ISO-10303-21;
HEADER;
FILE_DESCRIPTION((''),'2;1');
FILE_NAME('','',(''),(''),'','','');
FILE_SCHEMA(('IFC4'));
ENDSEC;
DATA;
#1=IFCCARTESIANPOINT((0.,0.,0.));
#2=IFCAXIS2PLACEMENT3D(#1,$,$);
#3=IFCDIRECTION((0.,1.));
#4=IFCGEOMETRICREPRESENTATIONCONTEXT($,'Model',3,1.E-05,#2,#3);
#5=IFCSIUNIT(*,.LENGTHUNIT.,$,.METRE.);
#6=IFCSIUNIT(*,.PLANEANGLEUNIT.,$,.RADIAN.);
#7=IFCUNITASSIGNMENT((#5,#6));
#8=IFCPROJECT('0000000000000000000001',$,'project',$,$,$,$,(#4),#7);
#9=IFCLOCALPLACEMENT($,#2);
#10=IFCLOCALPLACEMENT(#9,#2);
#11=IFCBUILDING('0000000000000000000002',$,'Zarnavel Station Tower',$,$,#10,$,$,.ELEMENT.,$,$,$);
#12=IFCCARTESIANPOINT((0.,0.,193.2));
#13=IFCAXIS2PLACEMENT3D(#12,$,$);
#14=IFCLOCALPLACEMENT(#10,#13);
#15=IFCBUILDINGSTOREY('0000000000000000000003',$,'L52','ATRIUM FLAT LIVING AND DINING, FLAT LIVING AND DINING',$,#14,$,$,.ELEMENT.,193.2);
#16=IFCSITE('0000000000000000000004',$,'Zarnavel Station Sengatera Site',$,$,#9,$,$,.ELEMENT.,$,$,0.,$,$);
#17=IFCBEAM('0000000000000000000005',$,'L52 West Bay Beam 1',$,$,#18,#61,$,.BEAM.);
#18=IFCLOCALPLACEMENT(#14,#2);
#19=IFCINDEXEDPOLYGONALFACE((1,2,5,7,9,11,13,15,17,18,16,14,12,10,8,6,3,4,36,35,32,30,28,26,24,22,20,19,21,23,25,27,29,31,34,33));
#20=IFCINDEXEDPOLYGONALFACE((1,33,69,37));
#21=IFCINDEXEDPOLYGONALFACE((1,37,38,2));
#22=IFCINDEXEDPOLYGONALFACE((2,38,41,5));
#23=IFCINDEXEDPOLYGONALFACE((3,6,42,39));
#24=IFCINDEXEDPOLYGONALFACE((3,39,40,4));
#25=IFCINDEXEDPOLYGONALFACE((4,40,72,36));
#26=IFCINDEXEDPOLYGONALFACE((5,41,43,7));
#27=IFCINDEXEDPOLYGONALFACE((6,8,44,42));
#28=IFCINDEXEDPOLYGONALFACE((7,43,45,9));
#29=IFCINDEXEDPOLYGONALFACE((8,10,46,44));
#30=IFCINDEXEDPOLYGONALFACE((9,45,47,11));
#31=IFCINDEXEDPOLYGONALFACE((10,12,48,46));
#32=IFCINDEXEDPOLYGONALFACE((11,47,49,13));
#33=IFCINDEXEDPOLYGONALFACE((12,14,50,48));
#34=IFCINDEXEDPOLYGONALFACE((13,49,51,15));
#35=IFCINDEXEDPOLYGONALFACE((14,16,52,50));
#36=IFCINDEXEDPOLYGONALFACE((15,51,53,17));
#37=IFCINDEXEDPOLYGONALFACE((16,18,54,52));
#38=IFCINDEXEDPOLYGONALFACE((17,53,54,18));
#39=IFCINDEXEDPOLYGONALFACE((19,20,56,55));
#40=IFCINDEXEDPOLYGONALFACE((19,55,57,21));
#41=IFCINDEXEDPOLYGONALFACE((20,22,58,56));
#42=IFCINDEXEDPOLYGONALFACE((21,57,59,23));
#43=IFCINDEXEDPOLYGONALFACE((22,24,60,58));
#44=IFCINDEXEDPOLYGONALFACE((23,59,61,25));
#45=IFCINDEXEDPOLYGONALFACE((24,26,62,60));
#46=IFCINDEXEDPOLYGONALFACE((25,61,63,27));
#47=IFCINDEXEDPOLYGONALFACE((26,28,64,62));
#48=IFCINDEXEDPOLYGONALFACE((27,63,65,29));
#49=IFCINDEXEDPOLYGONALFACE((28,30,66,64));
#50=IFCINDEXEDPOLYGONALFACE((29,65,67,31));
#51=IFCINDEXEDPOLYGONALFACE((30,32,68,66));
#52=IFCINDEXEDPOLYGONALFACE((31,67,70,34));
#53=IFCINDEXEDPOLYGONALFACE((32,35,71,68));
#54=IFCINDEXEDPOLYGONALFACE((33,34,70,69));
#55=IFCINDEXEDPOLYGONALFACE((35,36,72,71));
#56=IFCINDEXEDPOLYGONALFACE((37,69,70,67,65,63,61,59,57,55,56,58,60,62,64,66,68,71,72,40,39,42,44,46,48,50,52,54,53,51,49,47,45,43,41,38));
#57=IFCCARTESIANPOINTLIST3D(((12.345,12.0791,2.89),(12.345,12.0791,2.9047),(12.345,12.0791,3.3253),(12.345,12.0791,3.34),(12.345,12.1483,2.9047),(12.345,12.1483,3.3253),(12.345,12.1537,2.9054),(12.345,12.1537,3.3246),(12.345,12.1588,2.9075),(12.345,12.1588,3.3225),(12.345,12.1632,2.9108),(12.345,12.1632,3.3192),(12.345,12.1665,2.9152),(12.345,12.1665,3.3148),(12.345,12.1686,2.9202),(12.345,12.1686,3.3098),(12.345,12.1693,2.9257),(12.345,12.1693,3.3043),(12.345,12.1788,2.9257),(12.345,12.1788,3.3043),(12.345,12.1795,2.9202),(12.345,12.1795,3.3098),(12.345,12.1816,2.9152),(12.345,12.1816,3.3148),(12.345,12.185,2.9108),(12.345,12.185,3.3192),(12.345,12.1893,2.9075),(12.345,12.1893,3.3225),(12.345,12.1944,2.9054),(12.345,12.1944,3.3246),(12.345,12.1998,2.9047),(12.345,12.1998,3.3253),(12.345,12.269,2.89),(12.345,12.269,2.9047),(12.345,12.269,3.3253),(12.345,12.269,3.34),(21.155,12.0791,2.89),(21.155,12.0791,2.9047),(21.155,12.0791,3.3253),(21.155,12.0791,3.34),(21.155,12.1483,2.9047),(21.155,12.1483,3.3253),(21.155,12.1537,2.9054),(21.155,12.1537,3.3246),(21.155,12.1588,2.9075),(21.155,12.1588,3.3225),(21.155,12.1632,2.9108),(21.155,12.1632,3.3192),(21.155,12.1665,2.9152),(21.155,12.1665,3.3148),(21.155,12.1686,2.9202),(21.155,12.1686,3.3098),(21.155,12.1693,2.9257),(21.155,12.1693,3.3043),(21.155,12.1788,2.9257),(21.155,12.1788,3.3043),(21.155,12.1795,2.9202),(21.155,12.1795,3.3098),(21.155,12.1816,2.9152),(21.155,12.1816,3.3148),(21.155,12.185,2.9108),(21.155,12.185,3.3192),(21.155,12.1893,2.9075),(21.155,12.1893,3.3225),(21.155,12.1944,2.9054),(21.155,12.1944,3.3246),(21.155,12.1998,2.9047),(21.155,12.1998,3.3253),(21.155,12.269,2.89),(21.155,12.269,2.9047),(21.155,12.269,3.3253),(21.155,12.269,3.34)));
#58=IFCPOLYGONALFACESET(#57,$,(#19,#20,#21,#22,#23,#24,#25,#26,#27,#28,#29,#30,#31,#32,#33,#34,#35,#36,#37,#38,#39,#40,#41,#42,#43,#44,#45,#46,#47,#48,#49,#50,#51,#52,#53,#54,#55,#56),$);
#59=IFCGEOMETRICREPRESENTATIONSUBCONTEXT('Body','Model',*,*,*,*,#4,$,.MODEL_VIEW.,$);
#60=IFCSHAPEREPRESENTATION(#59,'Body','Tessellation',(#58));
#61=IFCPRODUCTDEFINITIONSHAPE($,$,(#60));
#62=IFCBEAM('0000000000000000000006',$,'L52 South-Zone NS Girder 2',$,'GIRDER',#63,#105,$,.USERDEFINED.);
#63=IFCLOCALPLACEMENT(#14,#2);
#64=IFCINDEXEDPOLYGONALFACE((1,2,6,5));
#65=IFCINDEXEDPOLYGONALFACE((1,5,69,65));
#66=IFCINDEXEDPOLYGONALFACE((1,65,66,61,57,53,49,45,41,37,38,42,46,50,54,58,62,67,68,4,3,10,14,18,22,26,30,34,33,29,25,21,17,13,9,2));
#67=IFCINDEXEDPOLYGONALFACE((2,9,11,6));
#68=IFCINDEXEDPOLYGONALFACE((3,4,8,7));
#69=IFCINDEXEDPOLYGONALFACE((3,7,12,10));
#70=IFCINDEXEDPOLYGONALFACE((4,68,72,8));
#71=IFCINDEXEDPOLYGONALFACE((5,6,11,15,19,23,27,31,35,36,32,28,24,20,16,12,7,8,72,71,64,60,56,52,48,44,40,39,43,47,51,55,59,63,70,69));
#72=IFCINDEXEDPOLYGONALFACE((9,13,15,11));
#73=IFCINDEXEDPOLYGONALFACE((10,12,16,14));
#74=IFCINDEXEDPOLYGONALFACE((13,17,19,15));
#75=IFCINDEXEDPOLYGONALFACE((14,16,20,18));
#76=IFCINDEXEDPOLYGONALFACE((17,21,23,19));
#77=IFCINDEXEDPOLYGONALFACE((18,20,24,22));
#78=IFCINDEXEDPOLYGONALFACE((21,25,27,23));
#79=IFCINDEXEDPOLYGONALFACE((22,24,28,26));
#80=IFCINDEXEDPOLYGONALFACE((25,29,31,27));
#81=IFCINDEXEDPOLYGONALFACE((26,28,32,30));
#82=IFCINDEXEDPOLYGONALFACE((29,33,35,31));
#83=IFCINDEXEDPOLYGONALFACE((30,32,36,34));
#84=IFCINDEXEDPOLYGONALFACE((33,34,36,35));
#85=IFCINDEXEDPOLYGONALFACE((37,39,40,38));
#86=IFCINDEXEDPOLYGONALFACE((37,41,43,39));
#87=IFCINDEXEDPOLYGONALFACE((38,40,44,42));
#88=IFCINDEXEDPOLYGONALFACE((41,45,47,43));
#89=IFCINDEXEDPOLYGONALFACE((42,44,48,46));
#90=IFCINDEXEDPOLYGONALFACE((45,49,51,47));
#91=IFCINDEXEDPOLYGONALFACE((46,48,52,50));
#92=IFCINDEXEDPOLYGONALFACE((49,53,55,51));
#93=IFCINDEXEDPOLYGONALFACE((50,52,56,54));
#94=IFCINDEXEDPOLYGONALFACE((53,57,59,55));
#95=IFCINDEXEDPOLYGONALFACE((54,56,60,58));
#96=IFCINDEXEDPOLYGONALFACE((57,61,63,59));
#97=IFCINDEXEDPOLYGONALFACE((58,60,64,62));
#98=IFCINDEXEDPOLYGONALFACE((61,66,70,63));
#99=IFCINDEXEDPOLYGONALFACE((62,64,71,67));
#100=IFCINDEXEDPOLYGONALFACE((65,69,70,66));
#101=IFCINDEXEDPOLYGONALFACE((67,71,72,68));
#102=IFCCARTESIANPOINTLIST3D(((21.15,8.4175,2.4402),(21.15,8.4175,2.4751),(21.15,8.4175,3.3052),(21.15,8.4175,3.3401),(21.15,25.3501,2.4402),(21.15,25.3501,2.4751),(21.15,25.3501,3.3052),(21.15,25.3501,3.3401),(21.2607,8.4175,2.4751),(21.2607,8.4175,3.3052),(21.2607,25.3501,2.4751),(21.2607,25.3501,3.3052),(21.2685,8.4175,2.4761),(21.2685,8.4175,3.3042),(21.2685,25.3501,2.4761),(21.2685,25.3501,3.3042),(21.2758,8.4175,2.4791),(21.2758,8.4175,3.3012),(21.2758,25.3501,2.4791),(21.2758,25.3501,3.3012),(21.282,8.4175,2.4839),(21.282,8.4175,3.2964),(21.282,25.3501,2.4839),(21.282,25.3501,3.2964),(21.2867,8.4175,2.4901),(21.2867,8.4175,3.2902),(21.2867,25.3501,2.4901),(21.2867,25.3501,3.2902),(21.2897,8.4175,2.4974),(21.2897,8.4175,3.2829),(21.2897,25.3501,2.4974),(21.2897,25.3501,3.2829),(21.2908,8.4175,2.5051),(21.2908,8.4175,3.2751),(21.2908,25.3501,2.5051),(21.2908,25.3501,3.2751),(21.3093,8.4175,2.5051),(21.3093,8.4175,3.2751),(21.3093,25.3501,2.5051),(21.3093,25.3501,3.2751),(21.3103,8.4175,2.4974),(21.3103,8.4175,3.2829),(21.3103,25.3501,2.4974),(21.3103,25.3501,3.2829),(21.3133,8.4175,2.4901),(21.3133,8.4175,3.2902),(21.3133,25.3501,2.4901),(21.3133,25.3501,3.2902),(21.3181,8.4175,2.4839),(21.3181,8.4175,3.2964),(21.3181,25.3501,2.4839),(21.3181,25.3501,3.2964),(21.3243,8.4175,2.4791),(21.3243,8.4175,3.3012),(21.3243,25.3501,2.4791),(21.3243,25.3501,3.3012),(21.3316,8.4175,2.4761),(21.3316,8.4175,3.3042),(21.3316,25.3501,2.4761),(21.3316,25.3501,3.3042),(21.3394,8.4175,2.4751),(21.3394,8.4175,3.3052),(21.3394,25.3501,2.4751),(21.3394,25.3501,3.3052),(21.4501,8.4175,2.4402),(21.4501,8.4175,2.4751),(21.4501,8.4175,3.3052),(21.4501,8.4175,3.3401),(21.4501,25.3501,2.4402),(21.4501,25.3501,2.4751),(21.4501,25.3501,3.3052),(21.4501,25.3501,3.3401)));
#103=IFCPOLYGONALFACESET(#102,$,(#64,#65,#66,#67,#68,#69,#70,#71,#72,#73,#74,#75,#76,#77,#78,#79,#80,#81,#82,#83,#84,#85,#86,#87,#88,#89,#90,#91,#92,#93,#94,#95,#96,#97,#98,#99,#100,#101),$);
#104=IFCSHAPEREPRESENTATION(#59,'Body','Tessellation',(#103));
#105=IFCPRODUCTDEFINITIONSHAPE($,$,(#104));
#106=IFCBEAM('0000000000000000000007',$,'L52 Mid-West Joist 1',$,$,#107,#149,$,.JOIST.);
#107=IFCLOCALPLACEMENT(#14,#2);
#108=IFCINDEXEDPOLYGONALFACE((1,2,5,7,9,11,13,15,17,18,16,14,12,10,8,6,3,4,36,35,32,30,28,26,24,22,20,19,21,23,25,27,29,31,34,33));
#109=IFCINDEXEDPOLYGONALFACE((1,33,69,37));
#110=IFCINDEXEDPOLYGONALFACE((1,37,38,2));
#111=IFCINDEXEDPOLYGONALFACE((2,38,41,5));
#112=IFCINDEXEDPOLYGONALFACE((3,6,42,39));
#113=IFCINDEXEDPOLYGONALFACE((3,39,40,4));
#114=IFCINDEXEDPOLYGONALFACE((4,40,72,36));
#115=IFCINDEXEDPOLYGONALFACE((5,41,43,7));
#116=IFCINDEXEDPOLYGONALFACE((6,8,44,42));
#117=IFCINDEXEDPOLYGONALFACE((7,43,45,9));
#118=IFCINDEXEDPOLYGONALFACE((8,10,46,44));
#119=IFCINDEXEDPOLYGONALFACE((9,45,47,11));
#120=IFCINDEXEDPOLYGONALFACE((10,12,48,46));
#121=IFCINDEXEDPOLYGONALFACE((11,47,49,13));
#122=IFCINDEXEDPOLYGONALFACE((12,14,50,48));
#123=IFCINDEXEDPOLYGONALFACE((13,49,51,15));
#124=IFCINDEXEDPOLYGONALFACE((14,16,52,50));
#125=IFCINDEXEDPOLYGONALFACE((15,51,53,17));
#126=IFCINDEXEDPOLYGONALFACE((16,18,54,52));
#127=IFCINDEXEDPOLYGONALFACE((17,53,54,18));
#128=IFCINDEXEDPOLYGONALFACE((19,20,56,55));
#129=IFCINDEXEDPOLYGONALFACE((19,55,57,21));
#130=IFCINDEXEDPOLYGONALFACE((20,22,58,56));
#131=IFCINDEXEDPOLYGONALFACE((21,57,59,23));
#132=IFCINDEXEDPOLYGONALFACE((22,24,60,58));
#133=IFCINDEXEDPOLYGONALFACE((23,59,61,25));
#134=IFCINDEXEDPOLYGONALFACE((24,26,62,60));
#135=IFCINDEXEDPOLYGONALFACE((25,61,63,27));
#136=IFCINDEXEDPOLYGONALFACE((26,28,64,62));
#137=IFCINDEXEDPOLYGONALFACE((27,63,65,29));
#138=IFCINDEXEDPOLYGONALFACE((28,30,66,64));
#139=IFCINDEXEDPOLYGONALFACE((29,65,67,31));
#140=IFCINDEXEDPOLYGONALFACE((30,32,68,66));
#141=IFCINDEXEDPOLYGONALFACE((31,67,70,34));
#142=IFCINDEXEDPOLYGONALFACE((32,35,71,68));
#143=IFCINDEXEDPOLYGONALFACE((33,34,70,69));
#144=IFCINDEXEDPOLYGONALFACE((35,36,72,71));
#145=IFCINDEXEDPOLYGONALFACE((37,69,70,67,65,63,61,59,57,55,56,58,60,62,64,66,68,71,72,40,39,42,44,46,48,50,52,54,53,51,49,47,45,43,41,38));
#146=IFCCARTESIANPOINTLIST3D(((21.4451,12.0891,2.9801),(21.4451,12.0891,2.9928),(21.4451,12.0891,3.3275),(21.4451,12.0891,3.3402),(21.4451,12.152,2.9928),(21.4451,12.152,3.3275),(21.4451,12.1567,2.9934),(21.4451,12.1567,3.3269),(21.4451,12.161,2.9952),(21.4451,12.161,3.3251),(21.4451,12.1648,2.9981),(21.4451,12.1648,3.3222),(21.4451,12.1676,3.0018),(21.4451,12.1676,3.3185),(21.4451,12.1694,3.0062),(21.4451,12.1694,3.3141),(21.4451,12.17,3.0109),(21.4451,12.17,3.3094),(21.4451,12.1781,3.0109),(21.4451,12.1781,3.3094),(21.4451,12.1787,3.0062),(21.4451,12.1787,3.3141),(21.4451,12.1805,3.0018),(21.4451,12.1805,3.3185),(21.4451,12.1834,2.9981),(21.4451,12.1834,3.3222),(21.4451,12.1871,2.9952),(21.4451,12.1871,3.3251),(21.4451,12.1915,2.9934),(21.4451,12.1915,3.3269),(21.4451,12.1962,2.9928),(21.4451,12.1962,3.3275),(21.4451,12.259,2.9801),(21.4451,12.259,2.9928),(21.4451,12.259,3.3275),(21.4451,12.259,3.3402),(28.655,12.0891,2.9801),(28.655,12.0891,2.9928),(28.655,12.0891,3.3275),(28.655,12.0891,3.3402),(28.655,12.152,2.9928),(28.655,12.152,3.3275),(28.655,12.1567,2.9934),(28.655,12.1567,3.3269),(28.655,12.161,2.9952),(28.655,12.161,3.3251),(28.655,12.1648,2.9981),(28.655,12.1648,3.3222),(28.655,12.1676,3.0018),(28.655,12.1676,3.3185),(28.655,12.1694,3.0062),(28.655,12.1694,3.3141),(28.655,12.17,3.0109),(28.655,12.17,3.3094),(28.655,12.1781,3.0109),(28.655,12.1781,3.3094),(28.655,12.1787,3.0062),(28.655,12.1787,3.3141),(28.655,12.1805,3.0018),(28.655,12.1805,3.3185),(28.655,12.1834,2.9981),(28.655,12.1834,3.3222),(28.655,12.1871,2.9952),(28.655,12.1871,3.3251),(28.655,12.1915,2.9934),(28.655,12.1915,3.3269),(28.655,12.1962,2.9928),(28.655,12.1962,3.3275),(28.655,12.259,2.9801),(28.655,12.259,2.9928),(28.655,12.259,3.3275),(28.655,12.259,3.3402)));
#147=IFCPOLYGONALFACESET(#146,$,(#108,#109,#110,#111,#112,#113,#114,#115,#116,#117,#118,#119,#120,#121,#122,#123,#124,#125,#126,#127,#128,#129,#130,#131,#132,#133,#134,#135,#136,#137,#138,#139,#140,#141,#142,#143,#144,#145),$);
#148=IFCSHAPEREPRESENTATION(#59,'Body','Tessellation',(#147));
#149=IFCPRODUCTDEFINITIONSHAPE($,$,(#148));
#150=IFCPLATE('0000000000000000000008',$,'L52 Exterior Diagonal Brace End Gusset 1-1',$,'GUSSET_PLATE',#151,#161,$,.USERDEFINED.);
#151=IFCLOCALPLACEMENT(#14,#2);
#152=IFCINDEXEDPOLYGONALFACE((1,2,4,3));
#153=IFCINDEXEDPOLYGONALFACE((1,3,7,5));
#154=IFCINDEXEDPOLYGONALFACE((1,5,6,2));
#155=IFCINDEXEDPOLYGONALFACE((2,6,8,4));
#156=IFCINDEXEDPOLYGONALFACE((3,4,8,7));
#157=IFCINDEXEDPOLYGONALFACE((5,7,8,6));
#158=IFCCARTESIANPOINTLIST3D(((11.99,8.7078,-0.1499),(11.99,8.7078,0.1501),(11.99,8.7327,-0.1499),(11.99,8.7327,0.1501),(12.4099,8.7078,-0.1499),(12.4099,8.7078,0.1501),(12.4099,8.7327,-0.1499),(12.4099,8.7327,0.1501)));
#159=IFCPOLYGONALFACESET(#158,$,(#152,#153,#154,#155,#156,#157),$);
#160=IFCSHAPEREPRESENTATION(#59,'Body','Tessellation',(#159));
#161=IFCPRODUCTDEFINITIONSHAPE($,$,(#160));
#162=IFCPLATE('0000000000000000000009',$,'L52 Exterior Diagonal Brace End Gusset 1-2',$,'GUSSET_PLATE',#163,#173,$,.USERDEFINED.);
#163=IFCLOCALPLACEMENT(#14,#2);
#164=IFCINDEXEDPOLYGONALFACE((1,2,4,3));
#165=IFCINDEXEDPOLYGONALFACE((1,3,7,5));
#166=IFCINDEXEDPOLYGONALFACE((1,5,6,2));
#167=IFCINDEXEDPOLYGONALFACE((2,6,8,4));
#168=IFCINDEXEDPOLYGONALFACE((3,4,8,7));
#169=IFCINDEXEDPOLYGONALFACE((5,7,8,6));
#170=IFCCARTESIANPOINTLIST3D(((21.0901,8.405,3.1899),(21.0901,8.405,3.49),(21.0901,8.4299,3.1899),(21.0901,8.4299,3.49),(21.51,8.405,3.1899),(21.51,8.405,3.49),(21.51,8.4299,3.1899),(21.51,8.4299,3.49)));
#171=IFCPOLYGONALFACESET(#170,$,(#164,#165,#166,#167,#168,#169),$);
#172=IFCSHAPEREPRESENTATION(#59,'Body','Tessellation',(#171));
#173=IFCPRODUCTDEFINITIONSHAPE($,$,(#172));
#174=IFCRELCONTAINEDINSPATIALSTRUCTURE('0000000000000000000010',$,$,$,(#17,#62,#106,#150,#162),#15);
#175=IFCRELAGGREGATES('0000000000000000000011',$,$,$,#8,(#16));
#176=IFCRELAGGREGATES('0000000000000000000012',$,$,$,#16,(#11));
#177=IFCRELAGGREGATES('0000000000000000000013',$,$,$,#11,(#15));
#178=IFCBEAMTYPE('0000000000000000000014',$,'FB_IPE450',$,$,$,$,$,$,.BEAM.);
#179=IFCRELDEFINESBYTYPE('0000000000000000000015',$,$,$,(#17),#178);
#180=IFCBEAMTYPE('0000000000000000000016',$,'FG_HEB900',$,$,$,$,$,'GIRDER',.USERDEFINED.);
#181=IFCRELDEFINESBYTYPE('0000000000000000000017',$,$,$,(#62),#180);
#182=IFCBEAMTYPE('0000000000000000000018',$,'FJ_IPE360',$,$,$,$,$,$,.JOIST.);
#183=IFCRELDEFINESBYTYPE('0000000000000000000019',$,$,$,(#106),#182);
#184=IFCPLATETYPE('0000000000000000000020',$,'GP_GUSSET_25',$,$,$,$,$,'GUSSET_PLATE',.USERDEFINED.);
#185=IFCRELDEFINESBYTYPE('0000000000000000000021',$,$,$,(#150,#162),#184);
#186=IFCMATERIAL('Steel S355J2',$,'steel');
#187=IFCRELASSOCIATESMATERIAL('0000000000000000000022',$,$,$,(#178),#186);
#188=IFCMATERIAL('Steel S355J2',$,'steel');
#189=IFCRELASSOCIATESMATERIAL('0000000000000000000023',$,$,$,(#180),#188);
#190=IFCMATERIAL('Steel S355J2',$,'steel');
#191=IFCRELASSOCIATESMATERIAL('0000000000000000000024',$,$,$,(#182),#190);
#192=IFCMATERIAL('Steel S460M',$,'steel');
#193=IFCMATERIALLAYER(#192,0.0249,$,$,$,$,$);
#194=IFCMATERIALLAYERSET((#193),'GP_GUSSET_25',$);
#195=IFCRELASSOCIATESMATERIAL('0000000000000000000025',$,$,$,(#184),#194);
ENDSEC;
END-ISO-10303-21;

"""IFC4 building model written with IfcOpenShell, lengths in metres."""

from ifc_helpers import new_model, si_unit, direction, frame, origin, origin_2d, place, context, subcontext, project, spatial, rectangle, i_section, extrude, material, layer, layer_set, material_profile, profile_set, type_object, element, save


model = new_model("IFC4")

# Units and contexts
model_context = context("Model", 3, precision=1e-05, world=origin(), true_north=direction((0.0, 1.0)))
body_context = subcontext(model_context, "Body", "Model", "MODEL_VIEW")
ifc_project = project(units=[si_unit("LENGTHUNIT", "METRE"), si_unit("PLANEANGLEUNIT", "RADIAN")], contexts=[model_context])

# Site, building, storey
site_placement = place(None, origin())
site = spatial("IfcSite", under=ifc_project, at=site_placement, Name="Zarnavel Station Sengatera Site", CompositionType="ELEMENT", RefElevation=0.0)
building_placement = place(site_placement, origin())
building = spatial("IfcBuilding", under=site, at=building_placement, Name="Zarnavel Station Tower", CompositionType="ELEMENT")
storey_placement = place(building_placement, frame((0.0, 0.0, 193.2)))
storey = spatial("IfcBuildingStorey", under=building, at=storey_placement, Name="L52", Description="ATRIUM FLAT LIVING AND DINING, FLAT LIVING AND DINING", CompositionType="ELEMENT", Elevation=193.2)

# Beams
ifc_material_1 = material(Name="Steel S355J2", Category="steel")
ifc_material_profile_1 = material_profile(ifc_material_1, i_section(OverallWidth=0.1899, OverallDepth=0.45, WebThickness=0.0095, FlangeThickness=0.0146, FilletRadius=0.021, at=origin_2d()), Name="IPE450")
ifc_profile_set_1 = profile_set([ifc_material_profile_1], Name="Steel S355J2")
beam_type_1 = type_object("IfcBeamType", Name="FB_IPE450", PredefinedType="BEAM", material=ifc_profile_set_1)
beam_1_placement = place(storey_placement, frame((12.345, 12.1741, 3.115), z_axis=(1.0, 0.0, 0.0), x_axis=(0.0, 1.0, 0.0)))
element("IfcBeam", 1, at=beam_1_placement, inside=storey, type_object=beam_type_1, Name="L52 West Bay Beam 1", PredefinedType="BEAM", context=body_context, shape_type="SweptSolid", body=[
    extrude(i_section(OverallWidth=0.1899, OverallDepth=0.45, WebThickness=0.0095, FlangeThickness=0.0146, FilletRadius=0.021, at=origin_2d()), origin(), (0.0, 0.0, 1.0), 8.8101),
])
ifc_material_2 = material(Name="Steel S355J2", Category="steel")
ifc_material_profile_2 = material_profile(ifc_material_2, i_section(OverallWidth=0.3, OverallDepth=0.8999, WebThickness=0.0186, FlangeThickness=0.0349, FilletRadius=0.03, at=origin_2d()), Name="HEB900")
ifc_profile_set_2 = profile_set([ifc_material_profile_2], Name="Steel S355J2")
beam_type_2 = type_object("IfcBeamType", Name="FG_HEB900", ElementType="GIRDER", PredefinedType="USERDEFINED", material=ifc_profile_set_2)
beam_2_placement = place(storey_placement, frame((21.3, 8.4175, 2.8901), z_axis=(0.0, 1.0, 0.0), x_axis=(-1.0, 0.0, 0.0)))
element("IfcBeam", 2, at=beam_2_placement, inside=storey, type_object=beam_type_2, Name="L52 South-Zone NS Girder 2", ObjectType="GIRDER", PredefinedType="USERDEFINED", context=body_context, shape_type="SweptSolid", body=[
    extrude(i_section(OverallWidth=0.3, OverallDepth=0.8999, WebThickness=0.0186, FlangeThickness=0.0349, FilletRadius=0.03, at=origin_2d()), origin(), (0.0, 0.0, 1.0), 16.9326),
])
ifc_material_3 = material(Name="Steel S355J2", Category="steel")
ifc_material_profile_3 = material_profile(ifc_material_3, i_section(OverallWidth=0.1699, OverallDepth=0.3601, WebThickness=0.0081, FlangeThickness=0.0127, FilletRadius=0.0181, at=origin_2d()), Name="IPE360")
ifc_profile_set_3 = profile_set([ifc_material_profile_3], Name="Steel S355J2")
beam_type_3 = type_object("IfcBeamType", Name="FJ_IPE360", PredefinedType="JOIST", material=ifc_profile_set_3)
beam_3_placement = place(storey_placement, frame((21.4451, 12.1741, 3.1602), z_axis=(1.0, 0.0, 0.0), x_axis=(0.0, 1.0, 0.0)))
element("IfcBeam", 3, at=beam_3_placement, inside=storey, type_object=beam_type_3, Name="L52 Mid-West Joist 1", PredefinedType="JOIST", context=body_context, shape_type="SweptSolid", body=[
    extrude(i_section(OverallWidth=0.1699, OverallDepth=0.3601, WebThickness=0.0081, FlangeThickness=0.0127, FilletRadius=0.0181, at=origin_2d()), origin(), (0.0, 0.0, 1.0), 7.21),
])

# Plates
ifc_material_4 = material(Name="Steel S460M", Category="steel")
ifc_layer_1 = layer(ifc_material_4, 0.0249)
ifc_layer_set_1 = layer_set([ifc_layer_1], Name="GP_GUSSET_25")
plate_type = type_object("IfcPlateType", Name="GP_GUSSET_25", ElementType="GUSSET_PLATE", PredefinedType="USERDEFINED", material=ifc_layer_set_1)
for number, where, z_axis, x_axis, name in (
    (4, (12.2, 8.7202, -0.1499), (0.0, 0.0, 1.0), (1.0, 0.0, 0.0), "L52 Exterior Diagonal Brace End Gusset 1-1"),
    (5, (21.3, 8.4175, 3.1899), (0.0, 0.0, 1.0), (1.0, 0.0, 0.0), "L52 Exterior Diagonal Brace End Gusset 1-2"),
):
    element("IfcPlate", number, at=place(storey_placement, frame(where, z_axis=z_axis, x_axis=x_axis)), inside=storey, type_object=plate_type, Name=name, ObjectType="GUSSET_PLATE", PredefinedType="USERDEFINED", context=body_context, shape_type="SweptSolid", body=[
        extrude(rectangle(XDim=0.4199, YDim=0.0249, at=origin_2d()), origin(), (0.0, 0.0, 1.0), 0.3),
    ])

save(model, "model.ifc")
